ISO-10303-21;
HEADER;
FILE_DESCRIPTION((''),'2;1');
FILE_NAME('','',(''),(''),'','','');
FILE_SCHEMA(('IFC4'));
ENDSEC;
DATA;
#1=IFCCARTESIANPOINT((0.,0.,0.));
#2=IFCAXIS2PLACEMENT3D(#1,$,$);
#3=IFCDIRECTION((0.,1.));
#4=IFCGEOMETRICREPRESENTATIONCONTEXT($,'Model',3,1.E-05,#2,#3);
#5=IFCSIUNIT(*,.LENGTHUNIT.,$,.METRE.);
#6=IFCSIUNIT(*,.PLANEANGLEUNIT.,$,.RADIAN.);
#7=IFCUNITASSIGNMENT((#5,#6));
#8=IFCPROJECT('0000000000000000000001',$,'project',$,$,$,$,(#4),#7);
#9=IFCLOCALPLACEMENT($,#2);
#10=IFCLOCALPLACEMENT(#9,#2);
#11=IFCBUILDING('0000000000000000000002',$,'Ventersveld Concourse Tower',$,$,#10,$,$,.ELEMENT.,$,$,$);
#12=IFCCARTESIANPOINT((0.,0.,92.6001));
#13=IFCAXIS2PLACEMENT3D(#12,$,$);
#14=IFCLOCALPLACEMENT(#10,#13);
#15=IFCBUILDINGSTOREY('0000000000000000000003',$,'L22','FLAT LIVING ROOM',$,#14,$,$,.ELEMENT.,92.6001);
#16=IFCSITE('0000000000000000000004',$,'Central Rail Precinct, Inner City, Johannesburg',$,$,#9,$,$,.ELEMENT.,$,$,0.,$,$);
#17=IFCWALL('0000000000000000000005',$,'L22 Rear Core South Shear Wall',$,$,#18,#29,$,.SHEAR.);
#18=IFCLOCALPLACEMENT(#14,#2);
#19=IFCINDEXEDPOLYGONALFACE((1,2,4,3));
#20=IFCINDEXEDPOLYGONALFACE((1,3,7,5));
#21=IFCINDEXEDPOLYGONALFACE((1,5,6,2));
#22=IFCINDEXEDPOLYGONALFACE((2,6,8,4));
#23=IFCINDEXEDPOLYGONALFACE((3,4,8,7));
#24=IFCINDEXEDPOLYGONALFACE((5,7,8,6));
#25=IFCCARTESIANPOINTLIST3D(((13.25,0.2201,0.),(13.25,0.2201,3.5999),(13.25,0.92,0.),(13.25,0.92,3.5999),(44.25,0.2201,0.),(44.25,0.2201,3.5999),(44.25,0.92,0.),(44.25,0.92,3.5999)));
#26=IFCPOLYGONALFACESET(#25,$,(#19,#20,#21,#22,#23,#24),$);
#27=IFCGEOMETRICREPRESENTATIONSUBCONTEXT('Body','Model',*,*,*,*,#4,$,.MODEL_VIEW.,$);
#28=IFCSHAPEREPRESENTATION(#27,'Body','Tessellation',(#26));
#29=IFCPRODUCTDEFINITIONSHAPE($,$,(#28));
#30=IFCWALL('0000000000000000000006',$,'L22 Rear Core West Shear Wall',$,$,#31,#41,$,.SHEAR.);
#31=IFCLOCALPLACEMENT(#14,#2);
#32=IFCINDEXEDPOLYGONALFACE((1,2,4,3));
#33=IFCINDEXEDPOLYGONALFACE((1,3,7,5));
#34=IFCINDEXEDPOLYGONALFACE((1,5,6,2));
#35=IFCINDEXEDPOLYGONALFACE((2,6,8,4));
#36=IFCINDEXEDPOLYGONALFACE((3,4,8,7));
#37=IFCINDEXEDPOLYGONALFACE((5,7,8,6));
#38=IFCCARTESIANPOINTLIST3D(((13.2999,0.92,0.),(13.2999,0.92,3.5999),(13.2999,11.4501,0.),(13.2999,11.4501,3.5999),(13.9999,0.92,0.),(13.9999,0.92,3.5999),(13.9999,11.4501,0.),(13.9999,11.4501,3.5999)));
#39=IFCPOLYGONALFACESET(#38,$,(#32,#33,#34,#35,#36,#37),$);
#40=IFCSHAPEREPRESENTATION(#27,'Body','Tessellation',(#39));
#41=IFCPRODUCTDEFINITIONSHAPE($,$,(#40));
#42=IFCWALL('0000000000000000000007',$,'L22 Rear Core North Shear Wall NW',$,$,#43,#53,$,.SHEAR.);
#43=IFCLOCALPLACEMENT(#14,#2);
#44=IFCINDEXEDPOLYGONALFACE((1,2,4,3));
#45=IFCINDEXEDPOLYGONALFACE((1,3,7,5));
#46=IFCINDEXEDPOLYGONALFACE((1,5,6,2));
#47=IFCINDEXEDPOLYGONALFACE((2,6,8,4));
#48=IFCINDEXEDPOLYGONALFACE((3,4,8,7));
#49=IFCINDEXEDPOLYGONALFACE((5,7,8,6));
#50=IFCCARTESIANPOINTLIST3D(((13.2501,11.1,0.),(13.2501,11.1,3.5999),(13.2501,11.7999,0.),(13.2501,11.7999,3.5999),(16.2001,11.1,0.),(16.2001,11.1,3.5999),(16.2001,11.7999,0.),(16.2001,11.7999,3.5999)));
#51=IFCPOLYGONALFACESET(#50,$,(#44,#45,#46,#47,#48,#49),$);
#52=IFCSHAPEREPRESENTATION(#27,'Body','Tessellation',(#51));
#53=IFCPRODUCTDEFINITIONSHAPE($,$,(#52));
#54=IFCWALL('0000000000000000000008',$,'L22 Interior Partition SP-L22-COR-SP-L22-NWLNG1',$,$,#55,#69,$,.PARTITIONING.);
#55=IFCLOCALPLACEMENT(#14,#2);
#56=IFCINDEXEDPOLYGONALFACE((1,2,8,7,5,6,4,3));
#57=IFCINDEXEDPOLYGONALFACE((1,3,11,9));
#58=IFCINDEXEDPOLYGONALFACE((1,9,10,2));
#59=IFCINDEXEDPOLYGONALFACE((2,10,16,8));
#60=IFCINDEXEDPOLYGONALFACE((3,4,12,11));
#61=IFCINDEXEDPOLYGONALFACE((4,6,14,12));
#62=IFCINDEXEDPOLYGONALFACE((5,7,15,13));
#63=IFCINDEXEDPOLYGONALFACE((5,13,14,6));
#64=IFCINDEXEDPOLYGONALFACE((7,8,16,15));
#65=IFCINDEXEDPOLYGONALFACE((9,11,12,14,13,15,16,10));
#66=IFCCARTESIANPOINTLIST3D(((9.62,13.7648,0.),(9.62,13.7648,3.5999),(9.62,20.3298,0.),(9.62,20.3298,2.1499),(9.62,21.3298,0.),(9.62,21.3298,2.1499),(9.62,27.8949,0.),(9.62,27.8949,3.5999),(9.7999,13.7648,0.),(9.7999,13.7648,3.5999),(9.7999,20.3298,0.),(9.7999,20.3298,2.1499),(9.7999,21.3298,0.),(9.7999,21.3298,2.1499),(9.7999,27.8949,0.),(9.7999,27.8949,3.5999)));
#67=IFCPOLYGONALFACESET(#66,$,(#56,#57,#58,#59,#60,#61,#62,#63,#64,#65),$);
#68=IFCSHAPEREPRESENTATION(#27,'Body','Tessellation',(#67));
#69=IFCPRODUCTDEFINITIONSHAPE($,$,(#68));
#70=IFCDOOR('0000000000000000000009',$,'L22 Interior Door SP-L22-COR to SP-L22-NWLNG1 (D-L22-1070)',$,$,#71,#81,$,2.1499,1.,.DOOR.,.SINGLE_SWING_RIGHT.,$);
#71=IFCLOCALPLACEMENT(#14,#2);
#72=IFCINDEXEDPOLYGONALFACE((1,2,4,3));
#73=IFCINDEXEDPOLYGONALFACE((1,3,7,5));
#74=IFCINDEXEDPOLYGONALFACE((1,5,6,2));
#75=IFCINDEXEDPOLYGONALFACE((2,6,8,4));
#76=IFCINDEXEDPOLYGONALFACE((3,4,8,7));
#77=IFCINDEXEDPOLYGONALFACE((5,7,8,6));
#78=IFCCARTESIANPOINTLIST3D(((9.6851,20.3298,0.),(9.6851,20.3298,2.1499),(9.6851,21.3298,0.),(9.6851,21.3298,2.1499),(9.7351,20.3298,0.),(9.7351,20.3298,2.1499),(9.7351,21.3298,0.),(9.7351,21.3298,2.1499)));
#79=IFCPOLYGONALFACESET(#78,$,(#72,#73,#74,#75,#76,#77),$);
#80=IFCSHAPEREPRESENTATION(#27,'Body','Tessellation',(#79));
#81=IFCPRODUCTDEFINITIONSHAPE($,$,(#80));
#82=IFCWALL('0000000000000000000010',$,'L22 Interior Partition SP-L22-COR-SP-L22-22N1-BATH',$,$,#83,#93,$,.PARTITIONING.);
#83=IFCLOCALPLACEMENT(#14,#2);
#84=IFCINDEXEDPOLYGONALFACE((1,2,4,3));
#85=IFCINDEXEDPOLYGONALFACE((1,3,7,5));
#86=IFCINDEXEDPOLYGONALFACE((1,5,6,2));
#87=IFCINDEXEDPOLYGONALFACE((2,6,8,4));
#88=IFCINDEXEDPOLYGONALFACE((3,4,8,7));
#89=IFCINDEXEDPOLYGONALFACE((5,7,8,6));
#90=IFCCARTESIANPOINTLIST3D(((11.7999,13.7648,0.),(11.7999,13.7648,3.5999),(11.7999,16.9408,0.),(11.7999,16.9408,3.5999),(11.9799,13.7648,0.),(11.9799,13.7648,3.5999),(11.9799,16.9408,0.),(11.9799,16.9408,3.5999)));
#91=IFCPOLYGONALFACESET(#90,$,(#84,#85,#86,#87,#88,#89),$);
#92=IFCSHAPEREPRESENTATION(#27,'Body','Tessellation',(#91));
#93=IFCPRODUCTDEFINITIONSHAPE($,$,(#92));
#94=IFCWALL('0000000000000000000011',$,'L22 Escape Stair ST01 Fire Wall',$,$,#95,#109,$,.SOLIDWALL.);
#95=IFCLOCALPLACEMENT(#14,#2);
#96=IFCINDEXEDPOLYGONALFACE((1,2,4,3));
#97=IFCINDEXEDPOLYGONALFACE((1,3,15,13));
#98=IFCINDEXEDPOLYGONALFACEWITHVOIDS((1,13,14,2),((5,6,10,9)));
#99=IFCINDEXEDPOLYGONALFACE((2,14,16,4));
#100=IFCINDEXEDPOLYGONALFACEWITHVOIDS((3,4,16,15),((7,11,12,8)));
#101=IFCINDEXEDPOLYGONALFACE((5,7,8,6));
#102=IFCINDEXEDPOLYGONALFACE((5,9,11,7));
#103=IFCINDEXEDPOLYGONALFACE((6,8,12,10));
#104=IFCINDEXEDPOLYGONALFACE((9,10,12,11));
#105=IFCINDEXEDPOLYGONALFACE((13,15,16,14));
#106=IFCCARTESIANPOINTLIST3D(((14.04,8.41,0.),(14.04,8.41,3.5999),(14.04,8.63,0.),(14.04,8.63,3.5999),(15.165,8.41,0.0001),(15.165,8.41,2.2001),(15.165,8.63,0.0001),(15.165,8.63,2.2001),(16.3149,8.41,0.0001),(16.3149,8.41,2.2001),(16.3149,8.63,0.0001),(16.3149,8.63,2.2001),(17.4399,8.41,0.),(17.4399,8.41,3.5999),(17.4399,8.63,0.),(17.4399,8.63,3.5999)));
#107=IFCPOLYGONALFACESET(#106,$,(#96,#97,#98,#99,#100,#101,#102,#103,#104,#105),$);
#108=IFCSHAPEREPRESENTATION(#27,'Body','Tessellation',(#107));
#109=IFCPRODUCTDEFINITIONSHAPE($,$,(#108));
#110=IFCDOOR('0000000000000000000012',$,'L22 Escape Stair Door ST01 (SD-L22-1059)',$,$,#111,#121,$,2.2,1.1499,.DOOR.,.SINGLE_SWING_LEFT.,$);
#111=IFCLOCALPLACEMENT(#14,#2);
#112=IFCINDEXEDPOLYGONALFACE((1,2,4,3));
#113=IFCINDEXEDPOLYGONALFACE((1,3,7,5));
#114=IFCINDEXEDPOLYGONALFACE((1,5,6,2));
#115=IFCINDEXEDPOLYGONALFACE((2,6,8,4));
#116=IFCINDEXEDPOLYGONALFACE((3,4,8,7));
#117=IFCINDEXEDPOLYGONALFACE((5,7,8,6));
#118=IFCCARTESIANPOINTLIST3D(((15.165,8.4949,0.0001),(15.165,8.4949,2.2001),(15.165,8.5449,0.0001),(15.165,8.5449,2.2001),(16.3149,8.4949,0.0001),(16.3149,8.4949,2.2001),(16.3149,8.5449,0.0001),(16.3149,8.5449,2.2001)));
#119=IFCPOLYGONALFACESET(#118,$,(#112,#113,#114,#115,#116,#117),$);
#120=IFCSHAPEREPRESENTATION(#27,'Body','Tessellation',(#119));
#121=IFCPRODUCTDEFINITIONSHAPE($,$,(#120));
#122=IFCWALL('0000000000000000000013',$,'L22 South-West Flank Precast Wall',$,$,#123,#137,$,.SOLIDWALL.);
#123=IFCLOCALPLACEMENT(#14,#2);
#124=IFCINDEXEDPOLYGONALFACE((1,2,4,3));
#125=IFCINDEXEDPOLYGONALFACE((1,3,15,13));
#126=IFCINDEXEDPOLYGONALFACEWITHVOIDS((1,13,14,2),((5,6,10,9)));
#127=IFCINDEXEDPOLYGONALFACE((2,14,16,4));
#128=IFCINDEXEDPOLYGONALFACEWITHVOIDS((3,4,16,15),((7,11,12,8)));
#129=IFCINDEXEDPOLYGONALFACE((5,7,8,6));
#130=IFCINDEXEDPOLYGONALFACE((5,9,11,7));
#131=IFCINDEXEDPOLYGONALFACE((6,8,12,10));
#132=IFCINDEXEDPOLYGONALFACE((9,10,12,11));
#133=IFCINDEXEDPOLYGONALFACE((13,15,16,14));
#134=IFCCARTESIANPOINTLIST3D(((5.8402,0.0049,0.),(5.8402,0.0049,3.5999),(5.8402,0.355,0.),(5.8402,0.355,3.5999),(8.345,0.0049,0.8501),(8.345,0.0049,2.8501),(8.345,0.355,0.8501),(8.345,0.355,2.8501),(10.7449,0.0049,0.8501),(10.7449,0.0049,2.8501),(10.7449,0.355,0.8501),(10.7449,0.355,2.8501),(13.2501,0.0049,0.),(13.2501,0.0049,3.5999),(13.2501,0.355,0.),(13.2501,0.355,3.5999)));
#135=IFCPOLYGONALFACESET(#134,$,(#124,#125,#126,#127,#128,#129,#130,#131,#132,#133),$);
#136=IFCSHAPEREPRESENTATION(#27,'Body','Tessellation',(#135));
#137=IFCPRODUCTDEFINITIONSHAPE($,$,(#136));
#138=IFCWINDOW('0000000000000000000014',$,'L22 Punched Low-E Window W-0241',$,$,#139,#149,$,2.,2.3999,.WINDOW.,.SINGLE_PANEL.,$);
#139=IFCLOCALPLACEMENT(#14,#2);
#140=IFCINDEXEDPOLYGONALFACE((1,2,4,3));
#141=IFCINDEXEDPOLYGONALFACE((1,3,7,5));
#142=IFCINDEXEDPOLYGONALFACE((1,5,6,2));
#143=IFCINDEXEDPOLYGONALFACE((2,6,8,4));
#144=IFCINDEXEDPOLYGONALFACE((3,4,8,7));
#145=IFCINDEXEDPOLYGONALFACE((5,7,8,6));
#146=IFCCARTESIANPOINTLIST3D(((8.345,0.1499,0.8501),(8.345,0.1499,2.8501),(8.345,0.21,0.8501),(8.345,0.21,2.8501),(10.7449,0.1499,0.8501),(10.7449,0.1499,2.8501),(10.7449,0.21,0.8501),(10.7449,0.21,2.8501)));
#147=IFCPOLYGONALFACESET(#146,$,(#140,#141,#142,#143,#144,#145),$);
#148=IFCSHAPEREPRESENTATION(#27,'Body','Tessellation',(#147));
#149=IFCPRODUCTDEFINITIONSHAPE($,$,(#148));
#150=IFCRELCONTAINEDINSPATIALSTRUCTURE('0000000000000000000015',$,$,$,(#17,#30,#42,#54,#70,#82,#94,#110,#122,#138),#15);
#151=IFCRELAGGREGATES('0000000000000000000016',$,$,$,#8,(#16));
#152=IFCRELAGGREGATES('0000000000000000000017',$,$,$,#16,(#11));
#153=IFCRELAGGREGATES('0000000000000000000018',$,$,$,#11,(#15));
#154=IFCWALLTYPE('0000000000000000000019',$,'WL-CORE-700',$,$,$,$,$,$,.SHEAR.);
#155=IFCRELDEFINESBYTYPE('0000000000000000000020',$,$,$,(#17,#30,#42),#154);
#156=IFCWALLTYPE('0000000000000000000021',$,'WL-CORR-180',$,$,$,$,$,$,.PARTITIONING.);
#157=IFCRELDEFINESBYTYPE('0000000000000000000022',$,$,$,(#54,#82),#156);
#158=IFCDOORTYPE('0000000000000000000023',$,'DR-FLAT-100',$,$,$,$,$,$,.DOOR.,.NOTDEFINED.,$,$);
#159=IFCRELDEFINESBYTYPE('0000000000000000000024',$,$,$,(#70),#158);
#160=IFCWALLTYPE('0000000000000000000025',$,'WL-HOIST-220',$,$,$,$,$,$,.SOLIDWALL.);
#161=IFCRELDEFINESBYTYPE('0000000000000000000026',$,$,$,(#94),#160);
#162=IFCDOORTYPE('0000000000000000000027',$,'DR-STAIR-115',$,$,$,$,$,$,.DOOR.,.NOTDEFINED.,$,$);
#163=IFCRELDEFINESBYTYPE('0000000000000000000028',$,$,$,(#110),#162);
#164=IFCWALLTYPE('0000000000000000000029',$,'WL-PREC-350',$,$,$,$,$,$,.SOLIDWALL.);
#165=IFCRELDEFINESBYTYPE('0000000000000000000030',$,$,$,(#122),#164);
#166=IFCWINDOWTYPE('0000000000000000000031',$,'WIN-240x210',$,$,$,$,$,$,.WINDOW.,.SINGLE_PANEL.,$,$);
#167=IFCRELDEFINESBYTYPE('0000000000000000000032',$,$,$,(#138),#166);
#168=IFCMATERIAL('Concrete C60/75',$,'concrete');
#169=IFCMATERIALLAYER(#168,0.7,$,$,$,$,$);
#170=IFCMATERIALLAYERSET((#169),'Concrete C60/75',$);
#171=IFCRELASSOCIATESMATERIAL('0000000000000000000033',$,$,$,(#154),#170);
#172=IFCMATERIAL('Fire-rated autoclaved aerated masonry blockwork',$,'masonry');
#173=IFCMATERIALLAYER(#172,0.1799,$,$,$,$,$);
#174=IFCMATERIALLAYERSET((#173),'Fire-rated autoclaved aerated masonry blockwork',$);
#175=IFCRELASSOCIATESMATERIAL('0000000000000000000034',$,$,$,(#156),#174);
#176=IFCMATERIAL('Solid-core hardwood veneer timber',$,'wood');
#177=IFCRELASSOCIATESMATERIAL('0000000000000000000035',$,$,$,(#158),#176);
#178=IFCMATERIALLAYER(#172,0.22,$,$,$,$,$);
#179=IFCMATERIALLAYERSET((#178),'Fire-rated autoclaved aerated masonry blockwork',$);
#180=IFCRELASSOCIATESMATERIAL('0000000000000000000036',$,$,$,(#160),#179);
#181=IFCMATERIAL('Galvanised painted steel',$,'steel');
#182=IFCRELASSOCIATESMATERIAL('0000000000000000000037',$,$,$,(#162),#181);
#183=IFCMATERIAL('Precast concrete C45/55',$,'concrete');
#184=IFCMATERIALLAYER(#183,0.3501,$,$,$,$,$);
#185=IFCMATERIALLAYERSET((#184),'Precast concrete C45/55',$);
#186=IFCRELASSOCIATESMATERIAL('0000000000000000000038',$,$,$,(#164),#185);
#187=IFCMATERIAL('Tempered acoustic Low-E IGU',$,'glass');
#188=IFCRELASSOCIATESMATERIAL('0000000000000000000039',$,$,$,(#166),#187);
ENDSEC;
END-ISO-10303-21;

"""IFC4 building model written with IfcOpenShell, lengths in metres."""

from ifc_helpers import new_model, si_unit, direction, frame, frame_2d, origin, place, context, subcontext, project, spatial, rectangle, extrude, material, layer, layer_set, type_object, element, fill, save


model = new_model("IFC4")

# Units and contexts
model_context = context("Model", 3, precision=1e-05, world=origin(), true_north=direction((0.0, 1.0)))
body_context = subcontext(model_context, "Body", "Model", "MODEL_VIEW")
ifc_project = project(units=[si_unit("LENGTHUNIT", "METRE"), si_unit("PLANEANGLEUNIT", "RADIAN")], contexts=[model_context])

# Site, building, storey
site_placement = place(None, origin())
site = spatial("IfcSite", under=ifc_project, at=site_placement, Name="Central Rail Precinct, Inner City, Johannesburg", CompositionType="ELEMENT", RefElevation=0.0)
building_placement = place(site_placement, origin())
building = spatial("IfcBuilding", under=site, at=building_placement, Name="Ventersveld Concourse Tower", CompositionType="ELEMENT")
storey_placement = place(building_placement, frame((0.0, 0.0, 92.6001)))
storey = spatial("IfcBuildingStorey", under=building, at=storey_placement, Name="L22", Description="FLAT LIVING ROOM", CompositionType="ELEMENT", Elevation=92.6001)

# Walls
ifc_material_1 = material(Name="Concrete C60/75", Category="concrete")
ifc_layer_1 = layer(ifc_material_1, 0.7)
ifc_layer_set_1 = layer_set([ifc_layer_1], Name="Concrete C60/75")
wall_type_1 = type_object("IfcWallType", Name="WL-CORE-700", PredefinedType="SHEAR", material=ifc_layer_set_1)
wall_1_placement = place(storey_placement, frame((13.25, 0.5701, 0.0), z_axis=(0.0, 0.0, 1.0), x_axis=(1.0, 0.0, 0.0)))
element("IfcWall", 1, at=wall_1_placement, inside=storey, type_object=wall_type_1, Name="L22 Rear Core South Shear Wall", PredefinedType="SHEAR", context=body_context, shape_type="SweptSolid", body=[
    extrude(rectangle(XDim=31.0, YDim=0.7, at=frame_2d((15.5, 0.0))), origin(), (0.0, 0.0, 1.0), 3.5999),
])
wall_2_placement = place(storey_placement, frame((13.6499, 0.9199, 0.0), z_axis=(0.0, 0.0, 1.0), x_axis=(0.0, 1.0, 0.0)))
element("IfcWall", 2, at=wall_2_placement, inside=storey, type_object=wall_type_1, Name="L22 Rear Core West Shear Wall", PredefinedType="SHEAR", context=body_context, shape_type="SweptSolid", body=[
    extrude(rectangle(XDim=10.53, YDim=0.7, at=frame_2d((5.2651, 0.0))), origin(), (0.0, 0.0, 1.0), 3.5999),
])
wall_3_placement = place(storey_placement, frame((13.25, 11.45, 0.0), z_axis=(0.0, 0.0, 1.0), x_axis=(1.0, 0.0, 0.0)))
element("IfcWall", 3, at=wall_3_placement, inside=storey, type_object=wall_type_1, Name="L22 Rear Core North Shear Wall NW", PredefinedType="SHEAR", context=body_context, shape_type="SweptSolid", body=[
    extrude(rectangle(XDim=2.95, YDim=0.7, at=frame_2d((1.4751, 0.0))), origin(), (0.0, 0.0, 1.0), 3.5999),
])

# Wall, opening, door
ifc_material_2 = material(Name="Fire-rated autoclaved aerated masonry blockwork", Category="masonry")
ifc_layer_2 = layer(ifc_material_2, 0.1799)
ifc_layer_set_2 = layer_set([ifc_layer_2], Name="Fire-rated autoclaved aerated masonry blockwork")
wall_type_2 = type_object("IfcWallType", Name="WL-CORR-180", PredefinedType="PARTITIONING", material=ifc_layer_set_2)
wall_4_placement = place(storey_placement, frame((9.71, 13.7649, 0.0), z_axis=(0.0, 0.0, 1.0), x_axis=(0.0, 1.0, 0.0)))
wall_4 = element("IfcWall", 4, at=wall_4_placement, inside=storey, type_object=wall_type_2, Name="L22 Interior Partition SP-L22-COR-SP-L22-NWLNG1", PredefinedType="PARTITIONING", context=body_context, shape_type="SweptSolid", body=[
    extrude(rectangle(XDim=14.1301, YDim=0.1799, at=frame_2d((7.0649, 0.0))), origin(), (0.0, 0.0, 1.0), 3.5999),
])
opening_1_placement = place(wall_4_placement, frame((6.5649, 0.0, 0.0)))
opening_1 = element("IfcOpeningElement", 5, at=opening_1_placement, cuts=wall_4, PredefinedType="OPENING", context=body_context, shape_type="SweptSolid", body=[
    extrude(rectangle(XDim=1.0, YDim=2.1499, at=frame_2d((0.5, 1.075))), frame((0.0, 0.1001, 0.0), z_axis=(0.0, -1.0, 0.0), x_axis=(1.0, 0.0, 0.0)), (0.0, 0.0, 1.0), 0.2),
])
ifc_material_3 = material(Name="Solid-core hardwood veneer timber", Category="wood")
door_type_1 = type_object("IfcDoorType", Name="DR-FLAT-100", OperationType="NOTDEFINED", PredefinedType="DOOR", material=ifc_material_3)
door_1_placement = place(opening_1_placement, origin())
door_1 = element("IfcDoor", 6, at=door_1_placement, inside=storey, type_object=door_type_1, Name="L22 Interior Door SP-L22-COR to SP-L22-NWLNG1 (D-L22-1070)", OperationType="SINGLE_SWING_RIGHT", OverallHeight=2.1499, OverallWidth=1.0, PredefinedType="DOOR", context=body_context, shape_type="SweptSolid", body=[
    extrude(rectangle(XDim=1.0, YDim=2.1499, at=frame_2d((0.5, 1.075))), frame((0.0, 0.0249, 0.0), z_axis=(0.0, -1.0, 0.0), x_axis=(1.0, 0.0, 0.0)), (0.0, 0.0, 1.0), 0.05),
])
fill(opening_1, door_1)

# Wall
wall_5_placement = place(storey_placement, frame((11.8899, 13.7649, 0.0), z_axis=(0.0, 0.0, 1.0), x_axis=(0.0, 1.0, 0.0)))
element("IfcWall", 7, at=wall_5_placement, inside=storey, type_object=wall_type_2, Name="L22 Interior Partition SP-L22-COR-SP-L22-22N1-BATH", PredefinedType="PARTITIONING", context=body_context, shape_type="SweptSolid", body=[
    extrude(rectangle(XDim=3.176, YDim=0.1799, at=frame_2d((1.5879, 0.0))), origin(), (0.0, 0.0, 1.0), 3.5999),
])

# Wall, opening, door
ifc_layer_3 = layer(ifc_material_2, 0.22)
ifc_layer_set_3 = layer_set([ifc_layer_3], Name="Fire-rated autoclaved aerated masonry blockwork")
wall_type_3 = type_object("IfcWallType", Name="WL-HOIST-220", PredefinedType="SOLIDWALL", material=ifc_layer_set_3)
wall_6_placement = place(storey_placement, frame((14.04, 8.52, 0.0), z_axis=(0.0, 0.0, 1.0), x_axis=(1.0, 0.0, 0.0)))
wall_6 = element("IfcWall", 8, at=wall_6_placement, inside=storey, type_object=wall_type_3, Name="L22 Escape Stair ST01 Fire Wall", PredefinedType="SOLIDWALL", context=body_context, shape_type="SweptSolid", body=[
    extrude(rectangle(XDim=3.3999, YDim=0.22, at=frame_2d((1.7, 0.0))), origin(), (0.0, 0.0, 1.0), 3.5999),
])
opening_2_placement = place(wall_6_placement, frame((1.125, 0.0, 0.0)))
opening_2 = element("IfcOpeningElement", 9, at=opening_2_placement, cuts=wall_6, PredefinedType="OPENING", context=body_context, shape_type="SweptSolid", body=[
    extrude(rectangle(XDim=1.1499, YDim=2.2, at=frame_2d((0.575, 1.1001))), frame((0.0, 0.1201, 0.0), z_axis=(0.0, -1.0, 0.0), x_axis=(1.0, 0.0, 0.0)), (0.0, 0.0, 1.0), 0.24),
])
ifc_material_4 = material(Name="Galvanised painted steel", Category="steel")
door_type_2 = type_object("IfcDoorType", Name="DR-STAIR-115", OperationType="NOTDEFINED", PredefinedType="DOOR", material=ifc_material_4)
door_2_placement = place(opening_2_placement, origin())
door_2 = element("IfcDoor", 10, at=door_2_placement, inside=storey, type_object=door_type_2, Name="L22 Escape Stair Door ST01 (SD-L22-1059)", OperationType="SINGLE_SWING_LEFT", OverallHeight=2.2, OverallWidth=1.1499, PredefinedType="DOOR", context=body_context, shape_type="SweptSolid", body=[
    extrude(rectangle(XDim=1.1499, YDim=2.2, at=frame_2d((0.575, 1.1001))), frame((0.0, 0.0249, 0.0), z_axis=(0.0, -1.0, 0.0), x_axis=(1.0, 0.0, 0.0)), (0.0, 0.0, 1.0), 0.05),
])
fill(opening_2, door_2)

# Wall, opening, window
ifc_material_5 = material(Name="Precast concrete C45/55", Category="concrete")
ifc_layer_4 = layer(ifc_material_5, 0.3501)
ifc_layer_set_4 = layer_set([ifc_layer_4], Name="Precast concrete C45/55")
wall_type_4 = type_object("IfcWallType", Name="WL-PREC-350", PredefinedType="SOLIDWALL", material=ifc_layer_set_4)
wall_7_placement = place(storey_placement, frame((5.8401, 0.1799, 0.0), z_axis=(0.0, 0.0, 1.0), x_axis=(1.0, 0.0, 0.0)))
wall_7 = element("IfcWall", 11, at=wall_7_placement, inside=storey, type_object=wall_type_4, Name="L22 South-West Flank Precast Wall", PredefinedType="SOLIDWALL", context=body_context, shape_type="SweptSolid", body=[
    extrude(rectangle(XDim=7.4099, YDim=0.3501, at=frame_2d((3.7051, 0.0))), origin(), (0.0, 0.0, 1.0), 3.5999),
])
opening_3_placement = place(wall_7_placement, frame((2.5049, 0.0, 0.8501)))
opening_3 = element("IfcOpeningElement", 12, at=opening_3_placement, cuts=wall_7, PredefinedType="OPENING", context=body_context, shape_type="SweptSolid", body=[
    extrude(rectangle(XDim=2.3999, YDim=2.0, at=frame_2d((1.2, 1.0))), frame((0.0, 0.1851, 0.0), z_axis=(0.0, -1.0, 0.0), x_axis=(1.0, 0.0, 0.0)), (0.0, 0.0, 1.0), 0.3701),
])
ifc_material_6 = material(Name="Tempered acoustic Low-E IGU", Category="glass")
window_type = type_object("IfcWindowType", Name="WIN-240x210", PartitioningType="SINGLE_PANEL", PredefinedType="WINDOW", material=ifc_material_6)
window_placement = place(opening_3_placement, origin())
window = element("IfcWindow", 13, at=window_placement, inside=storey, type_object=window_type, Name="L22 Punched Low-E Window W-0241", OverallHeight=2.0, OverallWidth=2.3999, PartitioningType="SINGLE_PANEL", PredefinedType="WINDOW", context=body_context, shape_type="SweptSolid", body=[
    extrude(rectangle(XDim=2.3999, YDim=2.0, at=frame_2d((1.2, 1.0))), frame((0.0, 0.03, 0.0), z_axis=(0.0, -1.0, 0.0), x_axis=(1.0, 0.0, 0.0)), (0.0, 0.0, 1.0), 0.0601),
])
fill(opening_3, window)

save(model, "model.ifc")
